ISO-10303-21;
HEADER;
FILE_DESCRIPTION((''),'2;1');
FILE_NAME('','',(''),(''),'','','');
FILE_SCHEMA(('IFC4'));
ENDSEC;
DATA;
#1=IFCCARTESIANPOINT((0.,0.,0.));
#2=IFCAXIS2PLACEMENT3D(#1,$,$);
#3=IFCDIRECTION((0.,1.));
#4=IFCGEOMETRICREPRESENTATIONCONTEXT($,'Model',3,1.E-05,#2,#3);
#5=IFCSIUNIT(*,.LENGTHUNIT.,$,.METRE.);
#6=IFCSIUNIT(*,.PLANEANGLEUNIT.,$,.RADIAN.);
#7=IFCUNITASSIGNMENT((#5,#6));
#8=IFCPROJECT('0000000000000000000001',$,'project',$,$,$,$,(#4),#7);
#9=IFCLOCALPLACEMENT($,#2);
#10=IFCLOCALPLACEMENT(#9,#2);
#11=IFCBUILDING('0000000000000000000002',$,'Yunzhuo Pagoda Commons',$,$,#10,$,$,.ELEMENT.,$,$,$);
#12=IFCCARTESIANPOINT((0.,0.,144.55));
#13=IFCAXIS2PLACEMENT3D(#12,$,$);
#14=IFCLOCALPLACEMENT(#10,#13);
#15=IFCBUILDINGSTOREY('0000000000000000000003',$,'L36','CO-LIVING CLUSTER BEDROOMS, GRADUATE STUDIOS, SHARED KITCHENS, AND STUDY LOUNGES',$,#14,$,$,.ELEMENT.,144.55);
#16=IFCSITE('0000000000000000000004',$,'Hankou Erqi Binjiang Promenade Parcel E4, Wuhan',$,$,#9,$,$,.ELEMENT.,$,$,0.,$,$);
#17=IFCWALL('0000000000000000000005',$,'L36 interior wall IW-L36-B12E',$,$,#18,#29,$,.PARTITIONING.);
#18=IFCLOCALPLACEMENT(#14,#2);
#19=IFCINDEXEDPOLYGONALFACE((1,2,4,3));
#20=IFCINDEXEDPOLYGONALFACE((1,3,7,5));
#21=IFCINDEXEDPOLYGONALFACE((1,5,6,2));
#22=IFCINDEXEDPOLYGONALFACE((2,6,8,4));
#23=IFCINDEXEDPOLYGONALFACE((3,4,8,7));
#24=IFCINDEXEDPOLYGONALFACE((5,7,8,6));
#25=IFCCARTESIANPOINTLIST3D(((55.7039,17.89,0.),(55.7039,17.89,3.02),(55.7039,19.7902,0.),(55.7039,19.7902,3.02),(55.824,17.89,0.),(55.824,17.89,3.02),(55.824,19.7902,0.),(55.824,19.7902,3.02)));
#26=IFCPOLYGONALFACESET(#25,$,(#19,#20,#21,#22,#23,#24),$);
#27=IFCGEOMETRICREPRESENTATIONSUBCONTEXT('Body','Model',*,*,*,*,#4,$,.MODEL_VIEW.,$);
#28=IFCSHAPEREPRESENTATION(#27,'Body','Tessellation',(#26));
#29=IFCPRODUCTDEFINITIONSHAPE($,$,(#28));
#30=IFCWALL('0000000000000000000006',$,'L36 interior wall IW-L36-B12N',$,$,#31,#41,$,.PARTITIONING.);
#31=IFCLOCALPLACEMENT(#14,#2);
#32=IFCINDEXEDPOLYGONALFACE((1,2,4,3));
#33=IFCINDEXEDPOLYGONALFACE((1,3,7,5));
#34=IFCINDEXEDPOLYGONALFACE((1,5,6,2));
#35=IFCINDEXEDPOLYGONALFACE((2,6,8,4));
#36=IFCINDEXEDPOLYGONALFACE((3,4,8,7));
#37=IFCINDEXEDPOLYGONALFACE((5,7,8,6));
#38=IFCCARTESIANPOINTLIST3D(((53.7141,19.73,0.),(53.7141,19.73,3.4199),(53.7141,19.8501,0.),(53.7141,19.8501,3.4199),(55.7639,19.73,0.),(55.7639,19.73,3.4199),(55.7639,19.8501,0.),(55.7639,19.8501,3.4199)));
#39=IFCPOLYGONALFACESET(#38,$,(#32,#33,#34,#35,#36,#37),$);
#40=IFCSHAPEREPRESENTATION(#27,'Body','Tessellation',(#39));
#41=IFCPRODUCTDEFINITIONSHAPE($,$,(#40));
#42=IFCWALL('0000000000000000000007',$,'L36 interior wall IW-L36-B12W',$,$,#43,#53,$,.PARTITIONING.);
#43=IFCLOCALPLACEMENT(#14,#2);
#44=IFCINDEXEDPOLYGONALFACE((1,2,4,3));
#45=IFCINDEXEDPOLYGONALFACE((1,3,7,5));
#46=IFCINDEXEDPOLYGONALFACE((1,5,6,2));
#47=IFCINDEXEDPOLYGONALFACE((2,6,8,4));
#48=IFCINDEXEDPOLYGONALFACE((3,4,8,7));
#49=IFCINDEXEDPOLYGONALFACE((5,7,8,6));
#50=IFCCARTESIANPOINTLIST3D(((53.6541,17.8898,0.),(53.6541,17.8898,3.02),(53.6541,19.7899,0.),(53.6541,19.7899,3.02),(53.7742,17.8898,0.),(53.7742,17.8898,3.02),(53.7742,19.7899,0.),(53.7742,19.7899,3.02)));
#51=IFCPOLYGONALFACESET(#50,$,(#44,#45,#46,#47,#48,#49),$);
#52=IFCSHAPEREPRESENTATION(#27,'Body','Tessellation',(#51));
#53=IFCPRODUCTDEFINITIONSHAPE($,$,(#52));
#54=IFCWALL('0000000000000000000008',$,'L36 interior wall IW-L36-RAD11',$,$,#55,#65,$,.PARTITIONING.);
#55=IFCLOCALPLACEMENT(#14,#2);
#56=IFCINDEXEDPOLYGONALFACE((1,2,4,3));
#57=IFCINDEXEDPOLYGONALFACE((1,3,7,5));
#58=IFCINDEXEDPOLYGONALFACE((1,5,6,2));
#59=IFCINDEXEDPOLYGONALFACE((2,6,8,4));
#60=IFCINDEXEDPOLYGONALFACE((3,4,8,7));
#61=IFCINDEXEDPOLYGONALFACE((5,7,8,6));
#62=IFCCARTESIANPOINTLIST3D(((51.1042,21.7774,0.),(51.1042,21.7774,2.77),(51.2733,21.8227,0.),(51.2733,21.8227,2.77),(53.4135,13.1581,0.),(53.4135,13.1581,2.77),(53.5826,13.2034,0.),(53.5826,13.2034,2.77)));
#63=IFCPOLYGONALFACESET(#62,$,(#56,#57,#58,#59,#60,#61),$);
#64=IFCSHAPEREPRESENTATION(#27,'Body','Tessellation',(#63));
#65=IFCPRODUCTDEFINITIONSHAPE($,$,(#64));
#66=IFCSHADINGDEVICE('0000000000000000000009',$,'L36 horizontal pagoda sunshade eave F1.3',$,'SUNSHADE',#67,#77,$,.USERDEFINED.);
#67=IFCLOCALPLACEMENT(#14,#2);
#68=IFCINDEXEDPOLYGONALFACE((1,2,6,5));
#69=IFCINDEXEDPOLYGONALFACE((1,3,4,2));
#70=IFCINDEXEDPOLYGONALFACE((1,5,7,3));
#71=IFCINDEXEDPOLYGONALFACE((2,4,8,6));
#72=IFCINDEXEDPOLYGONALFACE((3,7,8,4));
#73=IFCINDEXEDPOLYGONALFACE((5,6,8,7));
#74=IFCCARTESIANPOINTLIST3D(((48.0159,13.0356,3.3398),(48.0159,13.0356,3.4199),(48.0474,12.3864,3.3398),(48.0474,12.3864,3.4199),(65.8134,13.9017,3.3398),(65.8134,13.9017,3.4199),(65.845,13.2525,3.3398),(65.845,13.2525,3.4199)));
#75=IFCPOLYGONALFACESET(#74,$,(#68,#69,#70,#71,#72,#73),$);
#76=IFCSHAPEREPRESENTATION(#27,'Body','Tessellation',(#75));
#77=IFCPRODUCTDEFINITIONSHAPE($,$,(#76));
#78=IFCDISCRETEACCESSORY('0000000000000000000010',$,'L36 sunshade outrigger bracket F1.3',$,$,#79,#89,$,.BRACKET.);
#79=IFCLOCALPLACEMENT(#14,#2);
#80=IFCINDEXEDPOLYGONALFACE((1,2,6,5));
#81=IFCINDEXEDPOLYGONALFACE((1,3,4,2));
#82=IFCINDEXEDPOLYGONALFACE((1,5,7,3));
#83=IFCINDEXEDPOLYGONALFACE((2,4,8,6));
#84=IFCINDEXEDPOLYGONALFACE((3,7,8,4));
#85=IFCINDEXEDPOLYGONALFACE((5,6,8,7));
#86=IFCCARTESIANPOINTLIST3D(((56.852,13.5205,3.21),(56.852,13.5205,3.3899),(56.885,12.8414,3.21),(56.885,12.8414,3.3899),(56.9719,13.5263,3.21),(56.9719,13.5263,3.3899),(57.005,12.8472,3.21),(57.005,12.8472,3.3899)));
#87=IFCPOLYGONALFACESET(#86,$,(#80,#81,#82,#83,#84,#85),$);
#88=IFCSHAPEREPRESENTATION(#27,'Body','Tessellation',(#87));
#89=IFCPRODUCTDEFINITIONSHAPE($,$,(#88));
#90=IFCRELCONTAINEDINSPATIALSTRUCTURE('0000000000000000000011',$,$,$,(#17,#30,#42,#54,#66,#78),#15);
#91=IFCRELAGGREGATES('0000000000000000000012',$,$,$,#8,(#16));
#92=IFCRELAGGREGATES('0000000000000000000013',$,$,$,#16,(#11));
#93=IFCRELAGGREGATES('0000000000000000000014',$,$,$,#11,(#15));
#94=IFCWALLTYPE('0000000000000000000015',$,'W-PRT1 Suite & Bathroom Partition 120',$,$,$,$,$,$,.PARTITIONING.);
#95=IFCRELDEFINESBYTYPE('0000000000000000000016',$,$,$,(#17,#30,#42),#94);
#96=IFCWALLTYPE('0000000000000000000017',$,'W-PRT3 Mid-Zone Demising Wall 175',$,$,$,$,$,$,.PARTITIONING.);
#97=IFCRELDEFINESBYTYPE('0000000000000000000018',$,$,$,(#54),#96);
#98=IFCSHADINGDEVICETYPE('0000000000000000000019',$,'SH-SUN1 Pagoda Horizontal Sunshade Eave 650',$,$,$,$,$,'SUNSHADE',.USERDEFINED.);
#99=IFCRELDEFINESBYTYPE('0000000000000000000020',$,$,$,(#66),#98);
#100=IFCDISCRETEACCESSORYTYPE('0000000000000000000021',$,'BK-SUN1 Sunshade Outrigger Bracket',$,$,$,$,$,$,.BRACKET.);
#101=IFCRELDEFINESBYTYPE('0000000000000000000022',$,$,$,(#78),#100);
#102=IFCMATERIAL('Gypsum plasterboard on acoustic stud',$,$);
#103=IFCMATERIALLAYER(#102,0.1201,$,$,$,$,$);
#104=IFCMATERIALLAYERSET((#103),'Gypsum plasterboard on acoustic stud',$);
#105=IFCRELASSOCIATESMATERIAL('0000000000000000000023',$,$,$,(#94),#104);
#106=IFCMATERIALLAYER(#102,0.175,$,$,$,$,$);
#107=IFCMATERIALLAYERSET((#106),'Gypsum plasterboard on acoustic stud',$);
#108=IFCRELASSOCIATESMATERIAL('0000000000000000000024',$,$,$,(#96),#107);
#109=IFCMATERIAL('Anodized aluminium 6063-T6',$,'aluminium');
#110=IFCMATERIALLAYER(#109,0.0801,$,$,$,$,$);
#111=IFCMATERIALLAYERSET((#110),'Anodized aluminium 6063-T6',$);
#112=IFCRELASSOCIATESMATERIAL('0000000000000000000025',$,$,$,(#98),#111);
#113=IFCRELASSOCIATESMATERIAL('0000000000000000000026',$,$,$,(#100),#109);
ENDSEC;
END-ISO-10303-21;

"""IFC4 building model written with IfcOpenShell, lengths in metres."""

from ifc_helpers import new_model, si_unit, direction, frame, frame_2d, origin, origin_2d, place, context, subcontext, project, spatial, rectangle, extrude, source, transform, mapped, material, layer, layer_set, type_object, element, save


model = new_model("IFC4")

# Units and contexts
model_context = context("Model", 3, precision=1e-05, world=origin(), true_north=direction((0.0, 1.0)))
body_context = subcontext(model_context, "Body", "Model", "MODEL_VIEW")
ifc_project = project(units=[si_unit("LENGTHUNIT", "METRE"), si_unit("PLANEANGLEUNIT", "RADIAN")], contexts=[model_context])

# Site, building, storey
site_placement = place(None, origin())
site = spatial("IfcSite", under=ifc_project, at=site_placement, Name="Hankou Erqi Binjiang Promenade Parcel E4, Wuhan", CompositionType="ELEMENT", RefElevation=0.0)
building_placement = place(site_placement, origin())
building = spatial("IfcBuilding", under=site, at=building_placement, Name="Yunzhuo Pagoda Commons", CompositionType="ELEMENT")
storey_placement = place(building_placement, frame((0.0, 0.0, 144.55)))
storey = spatial("IfcBuildingStorey", under=building, at=storey_placement, Name="L36", Description="CO-LIVING CLUSTER BEDROOMS, GRADUATE STUDIOS, SHARED KITCHENS, AND STUDY LOUNGES", CompositionType="ELEMENT", Elevation=144.55)

# Shared definitions
ifc_material_1 = material(Name="Anodized aluminium 6063-T6", Category="aluminium")

# Shared definitions
ifc_material_2 = material(Name="Gypsum plasterboard on acoustic stud")
ifc_layer_1 = layer(ifc_material_2, 0.1201)
ifc_layer_set_1 = layer_set([ifc_layer_1], Name="Gypsum plasterboard on acoustic stud")
wall_type_1 = type_object("IfcWallType", Name="W-PRT1 Suite & Bathroom Partition 120", PredefinedType="PARTITIONING", material=ifc_layer_set_1)

# Walls
wall_1_placement = place(storey_placement, frame((55.7639, 17.8899, 0.0), z_axis=(0.0, 0.0, 1.0), x_axis=(0.0, 1.0, 0.0)))
element("IfcWall", 1, at=wall_1_placement, inside=storey, type_object=wall_type_1, Name="L36 interior wall IW-L36-B12E", PredefinedType="PARTITIONING", context=body_context, shape_type="SweptSolid", body=[
    extrude(rectangle(XDim=1.9001, YDim=0.1201, at=frame_2d((0.9502, 0.0))), origin(), (0.0, 0.0, 1.0), 3.02),
])
wall_2_placement = place(storey_placement, frame((55.7639, 19.79, 0.0), z_axis=(0.0, 0.0, 1.0), x_axis=(-1.0, 0.0, 0.0)))
element("IfcWall", 2, at=wall_2_placement, inside=storey, type_object=wall_type_1, Name="L36 interior wall IW-L36-B12N", PredefinedType="PARTITIONING", context=body_context, shape_type="SweptSolid", body=[
    extrude(rectangle(XDim=2.0498, YDim=0.1201, at=frame_2d((1.0249, 0.0))), origin(), (0.0, 0.0, 1.0), 3.4199),
])
wall_3_placement = place(storey_placement, frame((53.7141, 19.79, 0.0), z_axis=(0.0, 0.0, 1.0), x_axis=(0.0, -1.0, 0.0)))
element("IfcWall", 3, at=wall_3_placement, inside=storey, type_object=wall_type_1, Name="L36 interior wall IW-L36-B12W", PredefinedType="PARTITIONING", context=body_context, shape_type="SweptSolid", body=[
    extrude(rectangle(XDim=1.9001, YDim=0.1201, at=frame_2d((0.9502, 0.0))), origin(), (0.0, 0.0, 1.0), 3.02),
])
ifc_layer_2 = layer(ifc_material_2, 0.175)
ifc_layer_set_2 = layer_set([ifc_layer_2], Name="Gypsum plasterboard on acoustic stud")
wall_type_2 = type_object("IfcWallType", Name="W-PRT3 Mid-Zone Demising Wall 175", PredefinedType="PARTITIONING", material=ifc_layer_set_2)
wall_4_placement = place(storey_placement, frame((51.1887, 21.8, 0.0), z_axis=(0.0, 0.0, 1.0), x_axis=(0.258795, -0.965932, 0.0)))
element("IfcWall", 4, at=wall_4_placement, inside=storey, type_object=wall_type_2, Name="L36 interior wall IW-L36-RAD11", PredefinedType="PARTITIONING", context=body_context, shape_type="SweptSolid", body=[
    extrude(rectangle(XDim=8.9233, YDim=0.175, at=frame_2d((4.4617, 0.0))), origin(), (0.0, 0.0, 1.0), 2.77),
])

# Shading device
ifc_layer_3 = layer(ifc_material_1, 0.0801)
ifc_layer_set_3 = layer_set([ifc_layer_3], Name="Anodized aluminium 6063-T6")
shading_device_type = type_object("IfcShadingDeviceType", Name="SH-SUN1 Pagoda Horizontal Sunshade Eave 650", ElementType="SUNSHADE", PredefinedType="USERDEFINED", material=ifc_layer_set_3)
shared_shape_1 = source(origin(), body_context, "Body", "SweptSolid", [
    extrude(rectangle(XDim=17.8186, YDim=0.6499, at=origin_2d()), origin(), (0.0, 0.0, 1.0), 0.0801),
])
shading_device_placement = place(storey_placement, frame((56.9304, 13.144, 3.3398), z_axis=(0.0, 0.0, 1.0), x_axis=(0.998818, 0.048606, 0.0)))
element("IfcShadingDevice", 5, at=shading_device_placement, inside=storey, type_object=shading_device_type, Name="L36 horizontal pagoda sunshade eave F1.3", ObjectType="SUNSHADE", PredefinedType="USERDEFINED", context=body_context, shape_type="MappedRepresentation", body=[
    mapped(shared_shape_1, transform((0.0, 0.0, 0.0), scale=1.0)),
])

# Discrete accessory
discrete_accessory_type = type_object("IfcDiscreteAccessoryType", Name="BK-SUN1 Sunshade Outrigger Bracket", PredefinedType="BRACKET", material=ifc_material_1)
shared_shape_2 = source(origin(), body_context, "Body", "SweptSolid", [
    extrude(rectangle(XDim=0.1201, YDim=0.6799, at=origin_2d()), origin(), (0.0, 0.0, 1.0), 0.1799),
])
discrete_accessory_placement = place(storey_placement, frame((56.9285, 13.1838, 3.21), z_axis=(0.0, 0.0, 1.0), x_axis=(0.998818, 0.048606, 0.0)))
element("IfcDiscreteAccessory", 6, at=discrete_accessory_placement, inside=storey, type_object=discrete_accessory_type, Name="L36 sunshade outrigger bracket F1.3", PredefinedType="BRACKET", context=body_context, shape_type="MappedRepresentation", body=[
    mapped(shared_shape_2, transform((0.0, 0.0, 0.0), scale=1.0)),
])

save(model, "model.ifc")
